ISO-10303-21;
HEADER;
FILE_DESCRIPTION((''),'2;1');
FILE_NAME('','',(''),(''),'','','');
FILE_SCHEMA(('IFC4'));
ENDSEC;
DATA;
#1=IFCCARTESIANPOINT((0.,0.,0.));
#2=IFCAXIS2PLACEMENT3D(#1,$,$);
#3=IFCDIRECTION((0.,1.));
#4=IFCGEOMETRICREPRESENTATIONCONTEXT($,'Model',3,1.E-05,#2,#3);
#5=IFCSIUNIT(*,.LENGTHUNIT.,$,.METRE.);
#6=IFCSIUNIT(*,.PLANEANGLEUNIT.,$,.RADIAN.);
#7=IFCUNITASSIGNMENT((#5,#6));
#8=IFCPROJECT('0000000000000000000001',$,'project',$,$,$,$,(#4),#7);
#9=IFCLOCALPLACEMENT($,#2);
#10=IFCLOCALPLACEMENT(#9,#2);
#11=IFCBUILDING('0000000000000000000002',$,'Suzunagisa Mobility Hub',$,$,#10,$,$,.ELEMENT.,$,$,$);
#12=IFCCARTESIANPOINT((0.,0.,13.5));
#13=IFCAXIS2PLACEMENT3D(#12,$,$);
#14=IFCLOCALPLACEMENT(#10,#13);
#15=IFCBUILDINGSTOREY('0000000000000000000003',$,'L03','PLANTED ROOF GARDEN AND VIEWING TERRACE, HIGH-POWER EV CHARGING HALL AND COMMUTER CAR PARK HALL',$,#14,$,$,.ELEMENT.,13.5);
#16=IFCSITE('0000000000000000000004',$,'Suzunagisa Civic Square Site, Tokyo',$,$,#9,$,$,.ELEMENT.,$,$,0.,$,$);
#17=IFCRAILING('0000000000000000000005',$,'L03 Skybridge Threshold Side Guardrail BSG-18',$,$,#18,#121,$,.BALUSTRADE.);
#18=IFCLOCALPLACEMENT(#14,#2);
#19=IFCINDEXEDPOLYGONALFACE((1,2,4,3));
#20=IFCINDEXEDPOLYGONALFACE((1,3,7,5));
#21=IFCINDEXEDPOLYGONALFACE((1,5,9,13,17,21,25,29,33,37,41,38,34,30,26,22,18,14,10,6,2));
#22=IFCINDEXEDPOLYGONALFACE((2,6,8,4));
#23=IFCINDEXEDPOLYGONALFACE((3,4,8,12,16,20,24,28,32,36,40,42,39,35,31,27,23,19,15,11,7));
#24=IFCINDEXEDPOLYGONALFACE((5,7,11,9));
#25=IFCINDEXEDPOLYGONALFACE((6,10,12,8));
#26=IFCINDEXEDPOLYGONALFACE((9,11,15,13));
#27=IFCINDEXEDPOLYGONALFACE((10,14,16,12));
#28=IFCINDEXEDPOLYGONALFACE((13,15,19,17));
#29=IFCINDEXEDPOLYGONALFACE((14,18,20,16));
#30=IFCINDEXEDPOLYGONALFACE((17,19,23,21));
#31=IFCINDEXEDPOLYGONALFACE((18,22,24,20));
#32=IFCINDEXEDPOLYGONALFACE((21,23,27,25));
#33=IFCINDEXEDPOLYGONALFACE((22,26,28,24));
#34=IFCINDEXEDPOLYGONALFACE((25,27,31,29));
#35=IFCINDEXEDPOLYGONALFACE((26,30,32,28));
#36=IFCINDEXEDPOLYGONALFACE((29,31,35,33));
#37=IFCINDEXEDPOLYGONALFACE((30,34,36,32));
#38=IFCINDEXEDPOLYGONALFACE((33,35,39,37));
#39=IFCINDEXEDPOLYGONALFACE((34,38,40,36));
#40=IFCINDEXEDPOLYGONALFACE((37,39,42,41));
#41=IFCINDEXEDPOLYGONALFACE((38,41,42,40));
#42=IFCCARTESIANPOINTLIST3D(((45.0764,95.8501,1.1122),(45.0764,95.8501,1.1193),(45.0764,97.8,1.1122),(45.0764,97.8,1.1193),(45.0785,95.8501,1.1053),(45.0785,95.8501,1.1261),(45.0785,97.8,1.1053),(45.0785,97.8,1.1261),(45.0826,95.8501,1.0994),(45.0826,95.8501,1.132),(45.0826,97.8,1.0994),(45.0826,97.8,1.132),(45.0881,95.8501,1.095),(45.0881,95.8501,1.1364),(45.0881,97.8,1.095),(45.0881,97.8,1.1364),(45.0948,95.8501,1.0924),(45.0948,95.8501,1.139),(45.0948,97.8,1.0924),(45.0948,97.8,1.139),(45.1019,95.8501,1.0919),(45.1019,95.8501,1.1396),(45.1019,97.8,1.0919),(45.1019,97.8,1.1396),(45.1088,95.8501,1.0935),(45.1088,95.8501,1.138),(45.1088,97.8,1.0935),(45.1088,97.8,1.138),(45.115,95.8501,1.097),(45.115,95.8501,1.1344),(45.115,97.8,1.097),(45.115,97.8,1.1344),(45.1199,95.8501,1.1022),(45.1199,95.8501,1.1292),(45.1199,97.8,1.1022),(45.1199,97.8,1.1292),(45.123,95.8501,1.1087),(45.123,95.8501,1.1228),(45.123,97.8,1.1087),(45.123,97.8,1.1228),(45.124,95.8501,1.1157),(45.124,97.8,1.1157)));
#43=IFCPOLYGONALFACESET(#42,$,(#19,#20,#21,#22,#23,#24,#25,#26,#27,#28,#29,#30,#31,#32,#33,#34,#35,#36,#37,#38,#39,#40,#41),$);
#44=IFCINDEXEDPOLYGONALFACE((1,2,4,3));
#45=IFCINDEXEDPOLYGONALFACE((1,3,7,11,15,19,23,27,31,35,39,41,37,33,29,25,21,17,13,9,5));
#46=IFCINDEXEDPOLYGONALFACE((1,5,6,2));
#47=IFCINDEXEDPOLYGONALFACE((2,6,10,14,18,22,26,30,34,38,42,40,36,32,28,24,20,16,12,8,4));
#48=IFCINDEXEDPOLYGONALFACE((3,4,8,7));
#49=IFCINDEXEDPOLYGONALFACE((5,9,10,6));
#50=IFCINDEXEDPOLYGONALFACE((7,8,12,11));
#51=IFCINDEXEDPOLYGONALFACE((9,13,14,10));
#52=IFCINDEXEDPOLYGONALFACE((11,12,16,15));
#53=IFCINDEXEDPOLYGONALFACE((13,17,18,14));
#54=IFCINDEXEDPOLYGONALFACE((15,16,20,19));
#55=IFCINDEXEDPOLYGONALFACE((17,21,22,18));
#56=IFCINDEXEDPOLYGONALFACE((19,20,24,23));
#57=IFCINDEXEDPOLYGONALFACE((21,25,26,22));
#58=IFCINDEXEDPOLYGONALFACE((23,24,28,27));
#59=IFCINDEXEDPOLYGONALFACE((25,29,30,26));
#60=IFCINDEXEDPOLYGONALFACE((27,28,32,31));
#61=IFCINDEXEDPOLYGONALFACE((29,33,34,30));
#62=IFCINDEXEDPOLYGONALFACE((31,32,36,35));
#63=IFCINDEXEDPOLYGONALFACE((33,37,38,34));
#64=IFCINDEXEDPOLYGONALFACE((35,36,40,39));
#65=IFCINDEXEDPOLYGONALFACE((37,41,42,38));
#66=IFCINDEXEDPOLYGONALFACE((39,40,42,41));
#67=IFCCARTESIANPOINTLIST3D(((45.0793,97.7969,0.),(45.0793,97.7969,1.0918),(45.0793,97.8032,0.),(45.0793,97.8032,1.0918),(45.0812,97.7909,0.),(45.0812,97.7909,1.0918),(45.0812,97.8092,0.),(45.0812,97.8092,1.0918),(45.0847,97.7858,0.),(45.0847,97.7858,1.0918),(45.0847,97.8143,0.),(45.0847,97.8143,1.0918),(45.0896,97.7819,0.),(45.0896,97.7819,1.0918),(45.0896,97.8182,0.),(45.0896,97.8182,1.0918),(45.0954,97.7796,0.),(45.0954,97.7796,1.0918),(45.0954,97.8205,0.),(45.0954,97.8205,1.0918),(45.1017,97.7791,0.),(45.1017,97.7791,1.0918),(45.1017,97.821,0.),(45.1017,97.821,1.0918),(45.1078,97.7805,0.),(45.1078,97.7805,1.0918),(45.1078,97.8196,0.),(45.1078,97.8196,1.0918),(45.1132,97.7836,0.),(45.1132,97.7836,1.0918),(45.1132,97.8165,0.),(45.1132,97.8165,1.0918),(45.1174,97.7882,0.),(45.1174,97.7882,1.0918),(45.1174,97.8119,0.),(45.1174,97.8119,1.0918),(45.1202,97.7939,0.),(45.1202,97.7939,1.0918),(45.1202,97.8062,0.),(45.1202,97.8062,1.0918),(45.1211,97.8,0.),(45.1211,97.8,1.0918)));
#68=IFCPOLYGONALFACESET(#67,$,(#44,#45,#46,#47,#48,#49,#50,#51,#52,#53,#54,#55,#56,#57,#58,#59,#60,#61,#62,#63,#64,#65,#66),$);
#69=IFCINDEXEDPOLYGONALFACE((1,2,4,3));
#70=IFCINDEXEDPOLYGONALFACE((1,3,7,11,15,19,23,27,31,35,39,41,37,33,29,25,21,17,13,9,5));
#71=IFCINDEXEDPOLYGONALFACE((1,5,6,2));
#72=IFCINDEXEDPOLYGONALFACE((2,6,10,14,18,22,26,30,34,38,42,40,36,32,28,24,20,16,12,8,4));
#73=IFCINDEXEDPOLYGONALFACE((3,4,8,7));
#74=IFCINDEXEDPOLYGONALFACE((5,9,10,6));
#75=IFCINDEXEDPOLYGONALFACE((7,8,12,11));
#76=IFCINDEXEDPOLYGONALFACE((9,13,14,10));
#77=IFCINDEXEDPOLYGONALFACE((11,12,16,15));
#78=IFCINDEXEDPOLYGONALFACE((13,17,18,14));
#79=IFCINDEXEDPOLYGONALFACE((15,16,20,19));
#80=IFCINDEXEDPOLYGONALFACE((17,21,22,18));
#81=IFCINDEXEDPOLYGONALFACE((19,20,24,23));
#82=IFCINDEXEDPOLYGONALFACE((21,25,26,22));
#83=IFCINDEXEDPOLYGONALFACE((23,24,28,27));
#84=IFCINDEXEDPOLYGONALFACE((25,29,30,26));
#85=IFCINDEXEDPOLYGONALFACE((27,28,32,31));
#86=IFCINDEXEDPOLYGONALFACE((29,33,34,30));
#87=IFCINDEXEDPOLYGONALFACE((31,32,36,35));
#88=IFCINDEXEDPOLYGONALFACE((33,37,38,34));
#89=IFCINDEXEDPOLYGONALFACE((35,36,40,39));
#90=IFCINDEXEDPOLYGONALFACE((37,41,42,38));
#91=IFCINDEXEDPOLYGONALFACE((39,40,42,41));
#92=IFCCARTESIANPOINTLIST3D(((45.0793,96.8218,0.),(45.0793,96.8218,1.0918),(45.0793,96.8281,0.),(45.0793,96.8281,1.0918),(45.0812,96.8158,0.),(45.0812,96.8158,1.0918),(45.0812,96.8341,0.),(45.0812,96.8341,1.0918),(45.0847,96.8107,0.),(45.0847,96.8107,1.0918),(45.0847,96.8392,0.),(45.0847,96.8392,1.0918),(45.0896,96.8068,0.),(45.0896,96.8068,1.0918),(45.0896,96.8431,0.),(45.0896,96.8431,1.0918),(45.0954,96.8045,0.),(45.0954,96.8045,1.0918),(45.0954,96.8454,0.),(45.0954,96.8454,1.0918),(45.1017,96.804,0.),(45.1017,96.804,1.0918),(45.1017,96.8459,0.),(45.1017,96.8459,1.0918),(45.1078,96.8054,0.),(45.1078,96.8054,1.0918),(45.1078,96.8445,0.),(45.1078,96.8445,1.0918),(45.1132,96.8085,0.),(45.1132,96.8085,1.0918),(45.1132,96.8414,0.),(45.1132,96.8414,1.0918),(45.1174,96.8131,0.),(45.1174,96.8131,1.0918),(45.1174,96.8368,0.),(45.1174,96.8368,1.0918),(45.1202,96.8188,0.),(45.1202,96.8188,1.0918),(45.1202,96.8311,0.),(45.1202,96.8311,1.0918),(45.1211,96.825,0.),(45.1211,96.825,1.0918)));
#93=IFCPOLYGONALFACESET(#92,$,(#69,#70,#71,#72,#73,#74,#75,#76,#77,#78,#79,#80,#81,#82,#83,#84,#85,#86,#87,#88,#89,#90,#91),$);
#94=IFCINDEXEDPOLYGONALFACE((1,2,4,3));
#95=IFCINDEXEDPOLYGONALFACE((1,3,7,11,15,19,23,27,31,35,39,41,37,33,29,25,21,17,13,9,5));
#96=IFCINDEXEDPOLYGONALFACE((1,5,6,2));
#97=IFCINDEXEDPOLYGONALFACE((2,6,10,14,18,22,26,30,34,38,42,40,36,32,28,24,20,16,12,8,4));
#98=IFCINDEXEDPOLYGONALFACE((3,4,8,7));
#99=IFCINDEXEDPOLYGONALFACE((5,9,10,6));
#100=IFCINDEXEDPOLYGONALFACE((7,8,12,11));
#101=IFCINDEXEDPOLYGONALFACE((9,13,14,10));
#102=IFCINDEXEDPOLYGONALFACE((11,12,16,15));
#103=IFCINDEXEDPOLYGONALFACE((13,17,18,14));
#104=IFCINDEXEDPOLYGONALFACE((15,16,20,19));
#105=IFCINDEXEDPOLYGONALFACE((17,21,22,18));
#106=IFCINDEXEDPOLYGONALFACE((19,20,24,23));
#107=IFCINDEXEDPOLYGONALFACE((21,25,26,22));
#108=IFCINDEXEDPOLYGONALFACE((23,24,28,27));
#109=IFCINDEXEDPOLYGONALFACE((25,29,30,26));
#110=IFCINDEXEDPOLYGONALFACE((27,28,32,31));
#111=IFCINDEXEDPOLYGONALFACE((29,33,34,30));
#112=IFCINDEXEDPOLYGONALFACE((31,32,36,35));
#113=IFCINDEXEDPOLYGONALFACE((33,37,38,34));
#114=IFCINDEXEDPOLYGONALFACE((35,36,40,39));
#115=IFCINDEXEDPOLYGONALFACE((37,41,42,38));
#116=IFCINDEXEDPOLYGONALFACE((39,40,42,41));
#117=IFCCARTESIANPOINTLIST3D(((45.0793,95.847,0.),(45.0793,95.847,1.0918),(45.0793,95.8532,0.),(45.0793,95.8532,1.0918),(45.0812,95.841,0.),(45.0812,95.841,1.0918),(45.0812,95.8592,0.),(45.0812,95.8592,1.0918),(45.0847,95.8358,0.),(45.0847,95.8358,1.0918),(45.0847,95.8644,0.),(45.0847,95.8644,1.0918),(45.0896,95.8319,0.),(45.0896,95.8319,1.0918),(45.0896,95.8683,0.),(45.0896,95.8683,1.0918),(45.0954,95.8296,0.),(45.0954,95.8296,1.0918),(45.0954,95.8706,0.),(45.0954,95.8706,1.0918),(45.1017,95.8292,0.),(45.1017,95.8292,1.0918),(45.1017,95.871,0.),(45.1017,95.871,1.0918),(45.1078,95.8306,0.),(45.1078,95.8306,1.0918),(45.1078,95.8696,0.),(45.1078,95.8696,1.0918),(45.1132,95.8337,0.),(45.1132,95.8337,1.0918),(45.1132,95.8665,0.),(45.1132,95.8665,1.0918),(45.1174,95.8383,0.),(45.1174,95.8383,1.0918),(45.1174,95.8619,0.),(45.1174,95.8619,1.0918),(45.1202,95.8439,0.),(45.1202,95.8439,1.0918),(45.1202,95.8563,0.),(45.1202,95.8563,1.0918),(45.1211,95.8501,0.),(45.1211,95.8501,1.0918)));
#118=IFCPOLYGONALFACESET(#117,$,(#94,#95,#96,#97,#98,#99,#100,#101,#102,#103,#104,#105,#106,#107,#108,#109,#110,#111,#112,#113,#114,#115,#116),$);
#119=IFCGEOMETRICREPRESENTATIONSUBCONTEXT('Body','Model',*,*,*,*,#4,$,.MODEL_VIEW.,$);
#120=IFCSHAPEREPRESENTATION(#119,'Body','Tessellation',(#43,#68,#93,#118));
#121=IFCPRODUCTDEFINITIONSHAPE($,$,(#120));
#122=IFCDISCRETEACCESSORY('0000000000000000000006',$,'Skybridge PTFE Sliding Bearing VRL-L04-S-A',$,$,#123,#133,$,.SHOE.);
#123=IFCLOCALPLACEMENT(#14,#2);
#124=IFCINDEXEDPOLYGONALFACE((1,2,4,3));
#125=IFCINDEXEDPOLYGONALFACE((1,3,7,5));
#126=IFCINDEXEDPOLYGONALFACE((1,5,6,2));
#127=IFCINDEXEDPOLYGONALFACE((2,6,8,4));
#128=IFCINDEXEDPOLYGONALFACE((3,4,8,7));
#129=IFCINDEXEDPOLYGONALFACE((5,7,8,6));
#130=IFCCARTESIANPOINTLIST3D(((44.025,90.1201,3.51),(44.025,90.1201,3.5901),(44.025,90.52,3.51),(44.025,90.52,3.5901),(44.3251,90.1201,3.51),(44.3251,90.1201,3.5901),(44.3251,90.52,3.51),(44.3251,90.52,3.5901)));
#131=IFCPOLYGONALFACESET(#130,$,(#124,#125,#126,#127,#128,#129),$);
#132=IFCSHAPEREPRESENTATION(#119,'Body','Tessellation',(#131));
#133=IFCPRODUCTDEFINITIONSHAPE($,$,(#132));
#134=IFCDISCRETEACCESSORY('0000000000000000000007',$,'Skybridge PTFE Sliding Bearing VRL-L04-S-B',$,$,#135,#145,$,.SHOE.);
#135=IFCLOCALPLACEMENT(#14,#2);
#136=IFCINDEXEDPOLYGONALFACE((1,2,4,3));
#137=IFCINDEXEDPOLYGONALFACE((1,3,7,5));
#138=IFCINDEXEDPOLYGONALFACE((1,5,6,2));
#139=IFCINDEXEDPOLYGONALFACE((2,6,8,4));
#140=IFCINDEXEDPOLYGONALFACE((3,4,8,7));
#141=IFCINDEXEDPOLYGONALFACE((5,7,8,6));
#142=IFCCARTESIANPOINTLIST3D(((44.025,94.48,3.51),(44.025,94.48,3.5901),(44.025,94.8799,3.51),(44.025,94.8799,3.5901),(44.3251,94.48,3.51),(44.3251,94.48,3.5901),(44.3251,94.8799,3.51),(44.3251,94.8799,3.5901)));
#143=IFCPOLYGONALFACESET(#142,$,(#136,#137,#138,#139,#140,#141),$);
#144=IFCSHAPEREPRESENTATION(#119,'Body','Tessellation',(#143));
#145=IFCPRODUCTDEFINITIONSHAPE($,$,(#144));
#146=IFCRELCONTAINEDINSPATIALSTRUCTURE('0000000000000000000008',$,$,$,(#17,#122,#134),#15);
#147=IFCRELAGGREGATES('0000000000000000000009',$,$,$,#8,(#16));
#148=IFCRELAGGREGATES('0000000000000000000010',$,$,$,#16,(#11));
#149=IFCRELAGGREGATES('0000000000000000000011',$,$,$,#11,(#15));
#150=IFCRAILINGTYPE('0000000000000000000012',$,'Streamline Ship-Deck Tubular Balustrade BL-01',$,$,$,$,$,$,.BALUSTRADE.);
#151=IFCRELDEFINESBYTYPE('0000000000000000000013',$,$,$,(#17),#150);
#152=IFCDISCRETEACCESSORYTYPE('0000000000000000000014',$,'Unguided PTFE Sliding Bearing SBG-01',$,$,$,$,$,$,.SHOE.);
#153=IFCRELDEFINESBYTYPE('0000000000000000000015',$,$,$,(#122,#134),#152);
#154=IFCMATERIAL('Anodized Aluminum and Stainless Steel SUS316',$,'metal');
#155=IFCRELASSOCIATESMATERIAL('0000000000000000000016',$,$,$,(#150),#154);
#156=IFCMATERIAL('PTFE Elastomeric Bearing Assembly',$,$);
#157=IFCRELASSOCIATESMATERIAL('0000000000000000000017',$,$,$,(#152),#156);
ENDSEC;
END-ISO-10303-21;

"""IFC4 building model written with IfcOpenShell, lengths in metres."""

from ifc_helpers import new_model, si_unit, direction, frame, origin, origin_2d, place, context, subcontext, project, spatial, rectangle, circle, extrude, material, type_object, element, save


model = new_model("IFC4")

# Units and contexts
model_context = context("Model", 3, precision=1e-05, world=origin(), true_north=direction((0.0, 1.0)))
body_context = subcontext(model_context, "Body", "Model", "MODEL_VIEW")
ifc_project = project(units=[si_unit("LENGTHUNIT", "METRE"), si_unit("PLANEANGLEUNIT", "RADIAN")], contexts=[model_context])

# Site, building, storey
site_placement = place(None, origin())
site = spatial("IfcSite", under=ifc_project, at=site_placement, Name="Suzunagisa Civic Square Site, Tokyo", CompositionType="ELEMENT", RefElevation=0.0)
building_placement = place(site_placement, origin())
building = spatial("IfcBuilding", under=site, at=building_placement, Name="Suzunagisa Mobility Hub", CompositionType="ELEMENT")
storey_placement = place(building_placement, frame((0.0, 0.0, 13.5)))
storey = spatial("IfcBuildingStorey", under=building, at=storey_placement, Name="L03", Description="PLANTED ROOF GARDEN AND VIEWING TERRACE, HIGH-POWER EV CHARGING HALL AND COMMUTER CAR PARK HALL", CompositionType="ELEMENT", Elevation=13.5)

# Railing
ifc_material_1 = material(Name="Anodized Aluminum and Stainless Steel SUS316", Category="metal")
railing_type_1 = type_object("IfcRailingType", Name="Streamline Ship-Deck Tubular Balustrade BL-01", PredefinedType="BALUSTRADE", material=ifc_material_1)
railing_1_placement = place(storey_placement, frame((45.1001, 97.8, 0.0)))
element("IfcRailing", 1, at=railing_1_placement, inside=storey, type_object=railing_type_1, Name="L03 Skybridge Threshold Side Guardrail BSG-18", PredefinedType="BALUSTRADE", context=body_context, shape_type="SweptSolid", body=[
    extrude(circle(Radius=0.0239, at=origin_2d()), frame((0.0, 0.0, 1.1157), z_axis=(0.0, -1.0, 0.0), x_axis=(1.0, 0.0, 0.0)), (0.0, 0.0, 1.0), 1.95),
    extrude(circle(Radius=0.021, at=origin_2d()), origin(), (0.0, 0.0, 1.0), 1.0918),
    extrude(circle(Radius=0.021, at=origin_2d()), frame((0.0, -0.9751, 0.0)), (0.0, 0.0, 1.0), 1.0918),
    extrude(circle(Radius=0.021, at=origin_2d()), frame((0.0, -1.95, 0.0)), (0.0, 0.0, 1.0), 1.0918),
])

# Discrete accessories
ifc_material_2 = material(Name="PTFE Elastomeric Bearing Assembly")
discrete_accessory_type = type_object("IfcDiscreteAccessoryType", Name="Unguided PTFE Sliding Bearing SBG-01", PredefinedType="SHOE", material=ifc_material_2)
for number, where, z_axis, x_axis, name in (
    (2, (44.175, 90.3201, 3.51), (0.0, 0.0, 1.0), (1.0, 0.0, 0.0), "Skybridge PTFE Sliding Bearing VRL-L04-S-A"),
    (3, (44.175, 94.6799, 3.51), (0.0, 0.0, 1.0), (1.0, 0.0, 0.0), "Skybridge PTFE Sliding Bearing VRL-L04-S-B"),
):
    element("IfcDiscreteAccessory", number, at=place(storey_placement, frame(where, z_axis=z_axis, x_axis=x_axis)), inside=storey, type_object=discrete_accessory_type, Name=name, PredefinedType="SHOE", context=body_context, shape_type="SweptSolid", body=[
        extrude(rectangle(XDim=0.3, YDim=0.3999, at=origin_2d()), origin(), (0.0, 0.0, 1.0), 0.0801),
    ])

save(model, "model.ifc")
